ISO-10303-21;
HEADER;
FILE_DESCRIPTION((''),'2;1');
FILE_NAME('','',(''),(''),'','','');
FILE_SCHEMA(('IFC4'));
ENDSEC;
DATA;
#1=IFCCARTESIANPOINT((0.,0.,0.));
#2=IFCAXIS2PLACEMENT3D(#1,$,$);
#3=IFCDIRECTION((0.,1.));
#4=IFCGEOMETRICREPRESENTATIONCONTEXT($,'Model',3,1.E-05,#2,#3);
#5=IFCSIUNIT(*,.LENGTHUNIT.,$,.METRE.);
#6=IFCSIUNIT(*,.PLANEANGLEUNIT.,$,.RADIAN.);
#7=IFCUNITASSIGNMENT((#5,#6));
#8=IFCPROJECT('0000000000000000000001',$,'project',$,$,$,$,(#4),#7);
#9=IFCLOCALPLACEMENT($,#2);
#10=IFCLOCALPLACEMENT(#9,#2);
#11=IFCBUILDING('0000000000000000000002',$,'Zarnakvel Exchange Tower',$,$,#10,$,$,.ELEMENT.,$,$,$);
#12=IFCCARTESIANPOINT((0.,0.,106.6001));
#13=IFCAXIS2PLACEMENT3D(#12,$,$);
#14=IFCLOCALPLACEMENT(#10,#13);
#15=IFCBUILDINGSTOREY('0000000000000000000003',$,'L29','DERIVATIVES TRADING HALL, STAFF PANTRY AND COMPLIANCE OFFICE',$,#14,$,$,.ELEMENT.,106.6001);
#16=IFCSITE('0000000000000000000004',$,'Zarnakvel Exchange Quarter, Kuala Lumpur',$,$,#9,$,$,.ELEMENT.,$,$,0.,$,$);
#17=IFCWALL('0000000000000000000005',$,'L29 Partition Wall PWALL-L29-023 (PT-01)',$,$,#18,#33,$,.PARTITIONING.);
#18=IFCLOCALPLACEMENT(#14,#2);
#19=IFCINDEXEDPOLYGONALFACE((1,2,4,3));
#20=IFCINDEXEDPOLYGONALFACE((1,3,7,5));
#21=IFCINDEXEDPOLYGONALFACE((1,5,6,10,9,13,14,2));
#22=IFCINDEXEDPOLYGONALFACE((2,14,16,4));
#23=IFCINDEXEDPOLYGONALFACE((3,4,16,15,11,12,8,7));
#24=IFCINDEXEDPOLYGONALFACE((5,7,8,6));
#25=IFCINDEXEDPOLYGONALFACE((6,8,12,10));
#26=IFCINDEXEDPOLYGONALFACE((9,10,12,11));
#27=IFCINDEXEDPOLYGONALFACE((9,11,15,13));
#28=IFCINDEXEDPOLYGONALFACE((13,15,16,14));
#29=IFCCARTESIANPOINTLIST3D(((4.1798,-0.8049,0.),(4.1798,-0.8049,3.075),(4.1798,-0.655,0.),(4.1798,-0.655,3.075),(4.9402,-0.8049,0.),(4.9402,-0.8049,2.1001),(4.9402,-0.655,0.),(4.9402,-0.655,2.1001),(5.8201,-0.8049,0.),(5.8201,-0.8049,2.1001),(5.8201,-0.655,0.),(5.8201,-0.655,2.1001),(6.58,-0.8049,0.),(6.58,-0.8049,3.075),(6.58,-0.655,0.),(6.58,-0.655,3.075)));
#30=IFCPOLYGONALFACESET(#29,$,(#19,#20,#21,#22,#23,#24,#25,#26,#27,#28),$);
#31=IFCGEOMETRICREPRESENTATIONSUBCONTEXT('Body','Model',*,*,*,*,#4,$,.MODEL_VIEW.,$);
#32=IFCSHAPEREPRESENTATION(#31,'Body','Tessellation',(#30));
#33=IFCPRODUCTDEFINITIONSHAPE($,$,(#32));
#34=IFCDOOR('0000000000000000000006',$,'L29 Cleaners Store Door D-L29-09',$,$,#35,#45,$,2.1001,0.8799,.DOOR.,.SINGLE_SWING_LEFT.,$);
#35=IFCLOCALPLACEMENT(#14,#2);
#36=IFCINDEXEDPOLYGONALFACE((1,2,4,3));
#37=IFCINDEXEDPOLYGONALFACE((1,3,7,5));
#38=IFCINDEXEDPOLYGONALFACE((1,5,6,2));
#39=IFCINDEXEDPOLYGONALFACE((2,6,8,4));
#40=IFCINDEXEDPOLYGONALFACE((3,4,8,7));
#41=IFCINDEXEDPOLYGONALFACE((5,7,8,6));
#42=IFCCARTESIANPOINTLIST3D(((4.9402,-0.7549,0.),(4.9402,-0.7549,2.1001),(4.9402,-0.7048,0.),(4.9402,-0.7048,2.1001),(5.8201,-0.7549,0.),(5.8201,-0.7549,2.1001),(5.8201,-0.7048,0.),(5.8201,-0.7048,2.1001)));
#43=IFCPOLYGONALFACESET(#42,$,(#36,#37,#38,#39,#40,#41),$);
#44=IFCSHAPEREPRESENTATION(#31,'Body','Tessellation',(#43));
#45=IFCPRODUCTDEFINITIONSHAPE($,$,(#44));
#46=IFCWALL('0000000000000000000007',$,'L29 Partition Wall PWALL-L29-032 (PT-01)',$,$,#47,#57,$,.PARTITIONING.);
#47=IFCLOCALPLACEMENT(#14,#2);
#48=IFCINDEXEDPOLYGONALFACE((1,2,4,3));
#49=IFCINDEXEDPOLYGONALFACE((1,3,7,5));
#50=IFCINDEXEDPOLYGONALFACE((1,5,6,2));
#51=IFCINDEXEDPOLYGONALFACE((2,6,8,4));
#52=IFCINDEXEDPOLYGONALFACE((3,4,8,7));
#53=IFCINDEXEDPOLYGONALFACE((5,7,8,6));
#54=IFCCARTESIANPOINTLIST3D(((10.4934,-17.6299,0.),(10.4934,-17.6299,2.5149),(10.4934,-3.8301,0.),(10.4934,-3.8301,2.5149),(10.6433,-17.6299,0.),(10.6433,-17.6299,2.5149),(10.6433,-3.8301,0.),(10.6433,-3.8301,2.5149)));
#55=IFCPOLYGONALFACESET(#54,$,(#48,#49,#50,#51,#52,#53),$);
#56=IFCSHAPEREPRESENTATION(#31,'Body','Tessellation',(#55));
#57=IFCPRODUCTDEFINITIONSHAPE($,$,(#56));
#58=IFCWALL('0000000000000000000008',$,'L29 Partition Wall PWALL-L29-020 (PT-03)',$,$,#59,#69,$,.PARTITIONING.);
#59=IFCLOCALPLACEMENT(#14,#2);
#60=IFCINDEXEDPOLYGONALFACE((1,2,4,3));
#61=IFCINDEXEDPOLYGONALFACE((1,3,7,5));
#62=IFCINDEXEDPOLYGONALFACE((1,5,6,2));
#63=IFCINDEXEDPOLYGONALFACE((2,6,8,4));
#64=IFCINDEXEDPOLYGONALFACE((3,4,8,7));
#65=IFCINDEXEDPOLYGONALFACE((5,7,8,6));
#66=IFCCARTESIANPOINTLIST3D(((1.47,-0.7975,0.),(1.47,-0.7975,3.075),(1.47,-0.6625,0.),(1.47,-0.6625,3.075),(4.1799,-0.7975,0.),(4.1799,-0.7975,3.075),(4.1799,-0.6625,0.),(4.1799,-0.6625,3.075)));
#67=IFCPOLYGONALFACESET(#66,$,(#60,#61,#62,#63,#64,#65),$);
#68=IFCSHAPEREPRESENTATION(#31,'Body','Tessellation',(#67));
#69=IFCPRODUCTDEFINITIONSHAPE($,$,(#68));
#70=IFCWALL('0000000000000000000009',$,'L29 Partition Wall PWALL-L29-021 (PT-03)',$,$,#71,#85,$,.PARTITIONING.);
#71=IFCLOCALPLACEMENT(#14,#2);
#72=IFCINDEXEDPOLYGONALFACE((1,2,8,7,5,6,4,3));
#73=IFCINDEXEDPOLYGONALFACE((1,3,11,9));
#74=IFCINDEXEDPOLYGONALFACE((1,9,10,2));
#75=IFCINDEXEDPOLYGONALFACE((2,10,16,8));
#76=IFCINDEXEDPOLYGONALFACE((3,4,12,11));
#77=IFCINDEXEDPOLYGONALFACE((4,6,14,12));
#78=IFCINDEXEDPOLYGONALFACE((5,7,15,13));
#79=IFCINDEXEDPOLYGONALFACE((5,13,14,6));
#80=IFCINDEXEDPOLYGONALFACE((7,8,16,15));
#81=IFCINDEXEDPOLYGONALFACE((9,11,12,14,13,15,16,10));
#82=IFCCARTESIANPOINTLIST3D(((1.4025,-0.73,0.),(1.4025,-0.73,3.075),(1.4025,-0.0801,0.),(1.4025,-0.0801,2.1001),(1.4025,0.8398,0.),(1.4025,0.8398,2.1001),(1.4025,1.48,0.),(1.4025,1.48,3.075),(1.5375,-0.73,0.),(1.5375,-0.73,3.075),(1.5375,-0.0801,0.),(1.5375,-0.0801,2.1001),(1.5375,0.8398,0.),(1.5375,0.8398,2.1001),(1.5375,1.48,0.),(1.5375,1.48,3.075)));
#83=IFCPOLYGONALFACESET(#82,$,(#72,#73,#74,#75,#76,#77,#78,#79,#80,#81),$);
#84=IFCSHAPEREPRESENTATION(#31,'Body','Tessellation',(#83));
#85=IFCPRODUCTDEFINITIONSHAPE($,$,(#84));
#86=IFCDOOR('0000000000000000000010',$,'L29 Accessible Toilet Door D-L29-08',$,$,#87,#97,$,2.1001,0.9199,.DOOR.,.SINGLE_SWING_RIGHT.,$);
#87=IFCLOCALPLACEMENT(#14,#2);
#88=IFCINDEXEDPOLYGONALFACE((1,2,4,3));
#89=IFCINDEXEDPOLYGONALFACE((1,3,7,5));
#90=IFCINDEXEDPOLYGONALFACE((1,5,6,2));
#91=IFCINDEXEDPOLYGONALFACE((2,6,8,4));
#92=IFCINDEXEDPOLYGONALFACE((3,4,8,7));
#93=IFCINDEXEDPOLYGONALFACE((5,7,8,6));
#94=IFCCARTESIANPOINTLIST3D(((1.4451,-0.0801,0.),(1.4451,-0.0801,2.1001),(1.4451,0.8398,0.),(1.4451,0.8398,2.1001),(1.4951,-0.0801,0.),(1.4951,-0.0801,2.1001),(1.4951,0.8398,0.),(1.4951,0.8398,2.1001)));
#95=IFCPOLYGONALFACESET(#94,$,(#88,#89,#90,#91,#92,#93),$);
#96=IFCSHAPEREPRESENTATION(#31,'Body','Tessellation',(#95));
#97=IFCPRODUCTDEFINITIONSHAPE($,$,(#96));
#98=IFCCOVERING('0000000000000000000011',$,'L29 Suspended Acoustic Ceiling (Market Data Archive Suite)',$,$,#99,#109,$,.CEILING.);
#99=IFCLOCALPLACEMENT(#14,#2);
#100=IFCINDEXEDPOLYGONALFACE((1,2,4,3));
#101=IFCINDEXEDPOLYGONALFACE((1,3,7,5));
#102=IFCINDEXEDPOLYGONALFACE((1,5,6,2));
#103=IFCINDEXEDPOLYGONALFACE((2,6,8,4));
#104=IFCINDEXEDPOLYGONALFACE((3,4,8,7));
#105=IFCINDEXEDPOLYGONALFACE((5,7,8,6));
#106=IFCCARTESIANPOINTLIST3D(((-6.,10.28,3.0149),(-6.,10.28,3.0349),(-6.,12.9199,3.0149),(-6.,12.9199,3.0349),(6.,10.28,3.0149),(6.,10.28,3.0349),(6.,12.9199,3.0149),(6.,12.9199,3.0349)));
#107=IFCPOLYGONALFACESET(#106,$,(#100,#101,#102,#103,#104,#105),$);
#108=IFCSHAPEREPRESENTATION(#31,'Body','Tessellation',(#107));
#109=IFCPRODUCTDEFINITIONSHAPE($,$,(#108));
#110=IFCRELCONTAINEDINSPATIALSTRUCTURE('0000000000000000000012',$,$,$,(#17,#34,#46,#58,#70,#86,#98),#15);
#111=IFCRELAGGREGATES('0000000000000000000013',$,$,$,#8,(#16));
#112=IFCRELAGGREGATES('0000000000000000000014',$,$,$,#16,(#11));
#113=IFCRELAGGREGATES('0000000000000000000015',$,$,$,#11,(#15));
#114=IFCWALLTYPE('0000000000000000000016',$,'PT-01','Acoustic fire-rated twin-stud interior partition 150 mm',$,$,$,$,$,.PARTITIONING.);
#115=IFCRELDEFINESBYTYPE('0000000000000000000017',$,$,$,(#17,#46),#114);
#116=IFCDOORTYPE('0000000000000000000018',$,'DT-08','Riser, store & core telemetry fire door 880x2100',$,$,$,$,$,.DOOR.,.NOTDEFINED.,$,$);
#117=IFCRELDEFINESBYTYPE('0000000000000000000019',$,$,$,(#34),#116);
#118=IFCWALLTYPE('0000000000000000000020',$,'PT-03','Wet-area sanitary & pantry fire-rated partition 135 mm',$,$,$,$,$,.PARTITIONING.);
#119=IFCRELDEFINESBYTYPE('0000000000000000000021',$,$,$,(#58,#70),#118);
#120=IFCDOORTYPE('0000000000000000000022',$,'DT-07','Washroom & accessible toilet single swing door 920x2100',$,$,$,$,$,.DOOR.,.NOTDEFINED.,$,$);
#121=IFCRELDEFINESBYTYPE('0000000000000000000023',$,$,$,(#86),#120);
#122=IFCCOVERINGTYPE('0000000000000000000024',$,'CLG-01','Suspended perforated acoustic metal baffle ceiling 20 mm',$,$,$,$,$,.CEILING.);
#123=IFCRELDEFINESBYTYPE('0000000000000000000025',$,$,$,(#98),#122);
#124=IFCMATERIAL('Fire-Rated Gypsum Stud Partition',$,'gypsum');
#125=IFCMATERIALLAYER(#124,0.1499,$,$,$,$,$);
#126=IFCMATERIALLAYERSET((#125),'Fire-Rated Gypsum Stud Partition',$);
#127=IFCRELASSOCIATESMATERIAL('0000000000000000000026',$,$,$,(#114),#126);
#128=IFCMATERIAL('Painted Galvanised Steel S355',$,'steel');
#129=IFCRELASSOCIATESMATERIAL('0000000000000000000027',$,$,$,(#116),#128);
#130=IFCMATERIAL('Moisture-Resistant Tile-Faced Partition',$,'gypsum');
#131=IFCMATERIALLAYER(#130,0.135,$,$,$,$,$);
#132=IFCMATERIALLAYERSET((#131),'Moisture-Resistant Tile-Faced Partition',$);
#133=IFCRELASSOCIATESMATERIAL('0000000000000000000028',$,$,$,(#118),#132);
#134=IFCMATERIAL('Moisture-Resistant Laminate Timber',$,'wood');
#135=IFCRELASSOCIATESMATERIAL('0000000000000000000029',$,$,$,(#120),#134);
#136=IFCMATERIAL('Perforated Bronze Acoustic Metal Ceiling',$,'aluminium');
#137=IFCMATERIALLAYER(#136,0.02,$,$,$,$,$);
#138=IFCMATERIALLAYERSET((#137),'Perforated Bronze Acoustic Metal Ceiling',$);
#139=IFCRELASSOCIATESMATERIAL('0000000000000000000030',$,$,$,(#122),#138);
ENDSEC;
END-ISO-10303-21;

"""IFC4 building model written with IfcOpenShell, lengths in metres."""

from ifc_helpers import new_model, si_unit, direction, frame, frame_2d, origin, place, context, subcontext, project, spatial, polyline, rectangle, outline, extrude, source, transform, mapped, material, layer, layer_set, type_object, element, fill, save


model = new_model("IFC4")

# Units and contexts
model_context = context("Model", 3, precision=1e-05, world=origin(), true_north=direction((0.0, 1.0)))
body_context = subcontext(model_context, "Body", "Model", "MODEL_VIEW")
ifc_project = project(units=[si_unit("LENGTHUNIT", "METRE"), si_unit("PLANEANGLEUNIT", "RADIAN")], contexts=[model_context])

# Site, building, storey
site_placement = place(None, origin())
site = spatial("IfcSite", under=ifc_project, at=site_placement, Name="Zarnakvel Exchange Quarter, Kuala Lumpur", CompositionType="ELEMENT", RefElevation=0.0)
building_placement = place(site_placement, origin())
building = spatial("IfcBuilding", under=site, at=building_placement, Name="Zarnakvel Exchange Tower", CompositionType="ELEMENT")
storey_placement = place(building_placement, frame((0.0, 0.0, 106.6001)))
storey = spatial("IfcBuildingStorey", under=building, at=storey_placement, Name="L29", Description="DERIVATIVES TRADING HALL, STAFF PANTRY AND COMPLIANCE OFFICE", CompositionType="ELEMENT", Elevation=106.6001)

# Shared definitions
ifc_material_1 = material(Name="Painted Galvanised Steel S355", Category="steel")

# Wall, opening, door
ifc_material_2 = material(Name="Fire-Rated Gypsum Stud Partition", Category="gypsum")
ifc_layer_1 = layer(ifc_material_2, 0.1499)
ifc_layer_set_1 = layer_set([ifc_layer_1], Name="Fire-Rated Gypsum Stud Partition")
wall_type_1 = type_object("IfcWallType", Name="PT-01", Description="Acoustic fire-rated twin-stud interior partition 150 mm", PredefinedType="PARTITIONING", material=ifc_layer_set_1)
wall_1_placement = place(storey_placement, frame((6.5801, -0.73, 0.0), z_axis=(0.0, 0.0, 1.0), x_axis=(-1.0, 0.0, 0.0)))
wall_1 = element("IfcWall", 1, at=wall_1_placement, inside=storey, type_object=wall_type_1, Name="L29 Partition Wall PWALL-L29-023 (PT-01)", PredefinedType="PARTITIONING", context=body_context, shape_type="SweptSolid", body=[
    extrude(rectangle(XDim=2.4001, YDim=0.1499, at=frame_2d((1.2002, 0.0))), origin(), (0.0, 0.0, 1.0), 3.075),
])
opening_1_placement = place(wall_1_placement, frame((0.76, 0.0, 0.0)))
opening_1 = element("IfcOpeningElement", 2, at=opening_1_placement, cuts=wall_1, PredefinedType="OPENING", context=body_context, shape_type="SweptSolid", body=[
    extrude(rectangle(XDim=0.8799, YDim=2.1001, at=frame_2d((0.4399, 1.05))), frame((0.0, 0.085, 0.0), z_axis=(0.0, -1.0, 0.0), x_axis=(1.0, 0.0, 0.0)), (0.0, 0.0, 1.0), 0.1699),
])
door_type_1 = type_object("IfcDoorType", Name="DT-08", Description="Riser, store & core telemetry fire door 880x2100", OperationType="NOTDEFINED", PredefinedType="DOOR", material=ifc_material_1)
shared_shape_1 = source(origin(), body_context, "Body", "SweptSolid", [
    extrude(rectangle(XDim=0.8799, YDim=2.1001, at=frame_2d((0.4399, 1.05))), frame((0.0, 0.0249, 0.0), z_axis=(0.0, -1.0, 0.0), x_axis=(1.0, 0.0, 0.0)), (0.0, 0.0, 1.0), 0.05),
])
door_1_placement = place(opening_1_placement, origin())
door_1 = element("IfcDoor", 3, at=door_1_placement, inside=storey, type_object=door_type_1, Name="L29 Cleaners Store Door D-L29-09", OperationType="SINGLE_SWING_LEFT", OverallHeight=2.1001, OverallWidth=0.8799, PredefinedType="DOOR", context=body_context, shape_type="MappedRepresentation", body=[
    mapped(shared_shape_1, transform((0.0, 0.0, 0.0), x_axis=(1.0, 0.0, 0.0), y_axis=(0.0, 1.0, 0.0), z_axis=(0.0, 0.0, 1.0), scale=1.0)),
])
fill(opening_1, door_1)

# Wall
wall_2_placement = place(storey_placement, frame((10.5684, -3.8301, 0.0), z_axis=(0.0, 0.0, 1.0), x_axis=(0.0, -1.0, 0.0)))
element("IfcWall", 4, at=wall_2_placement, inside=storey, type_object=wall_type_1, Name="L29 Partition Wall PWALL-L29-032 (PT-01)", PredefinedType="PARTITIONING", context=body_context, shape_type="SweptSolid", body=[
    extrude(rectangle(XDim=13.7998, YDim=0.1499, at=frame_2d((6.8999, 0.0))), origin(), (0.0, 0.0, 1.0), 2.5149),
])

# Wall
ifc_material_3 = material(Name="Moisture-Resistant Tile-Faced Partition", Category="gypsum")
ifc_layer_2 = layer(ifc_material_3, 0.135)
ifc_layer_set_2 = layer_set([ifc_layer_2], Name="Moisture-Resistant Tile-Faced Partition")
wall_type_2 = type_object("IfcWallType", Name="PT-03", Description="Wet-area sanitary & pantry fire-rated partition 135 mm", PredefinedType="PARTITIONING", material=ifc_layer_set_2)
wall_3_placement = place(storey_placement, frame((4.1799, -0.73, 0.0), z_axis=(0.0, 0.0, 1.0), x_axis=(-1.0, 0.0, 0.0)))
element("IfcWall", 5, at=wall_3_placement, inside=storey, type_object=wall_type_2, Name="L29 Partition Wall PWALL-L29-020 (PT-03)", PredefinedType="PARTITIONING", context=body_context, shape_type="SweptSolid", body=[
    extrude(rectangle(XDim=2.71, YDim=0.135, at=frame_2d((1.355, 0.0))), origin(), (0.0, 0.0, 1.0), 3.075),
])

# Wall, opening, door
wall_4_placement = place(storey_placement, frame((1.47, -0.73, 0.0), z_axis=(0.0, 0.0, 1.0), x_axis=(0.0, 1.0, 0.0)))
wall_4 = element("IfcWall", 6, at=wall_4_placement, inside=storey, type_object=wall_type_2, Name="L29 Partition Wall PWALL-L29-021 (PT-03)", PredefinedType="PARTITIONING", context=body_context, shape_type="SweptSolid", body=[
    extrude(rectangle(XDim=2.21, YDim=0.135, at=frame_2d((1.105, 0.0))), origin(), (0.0, 0.0, 1.0), 3.075),
])
opening_2_placement = place(wall_4_placement, frame((0.6499, 0.0, 0.0)))
opening_2 = element("IfcOpeningElement", 7, at=opening_2_placement, cuts=wall_4, PredefinedType="OPENING", context=body_context, shape_type="SweptSolid", body=[
    extrude(rectangle(XDim=0.9199, YDim=2.1001, at=frame_2d((0.46, 1.05))), frame((0.0, 0.0774, 0.0), z_axis=(0.0, -1.0, 0.0), x_axis=(1.0, 0.0, 0.0)), (0.0, 0.0, 1.0), 0.155),
])
ifc_material_4 = material(Name="Moisture-Resistant Laminate Timber", Category="wood")
door_type_2 = type_object("IfcDoorType", Name="DT-07", Description="Washroom & accessible toilet single swing door 920x2100", OperationType="NOTDEFINED", PredefinedType="DOOR", material=ifc_material_4)
shared_shape_2 = source(origin(), body_context, "Body", "SweptSolid", [
    extrude(rectangle(XDim=0.9199, YDim=2.1001, at=frame_2d((0.46, 1.05))), frame((0.0, 0.0249, 0.0), z_axis=(0.0, -1.0, 0.0), x_axis=(1.0, 0.0, 0.0)), (0.0, 0.0, 1.0), 0.05),
])
door_2_placement = place(opening_2_placement, origin())
door_2 = element("IfcDoor", 8, at=door_2_placement, inside=storey, type_object=door_type_2, Name="L29 Accessible Toilet Door D-L29-08", OperationType="SINGLE_SWING_RIGHT", OverallHeight=2.1001, OverallWidth=0.9199, PredefinedType="DOOR", context=body_context, shape_type="MappedRepresentation", body=[
    mapped(shared_shape_2, transform((0.0, 0.0, 0.0), x_axis=(1.0, 0.0, 0.0), y_axis=(0.0, 1.0, 0.0), z_axis=(0.0, 0.0, 1.0), scale=1.0)),
])
fill(opening_2, door_2)

# Covering
ifc_material_5 = material(Name="Perforated Bronze Acoustic Metal Ceiling", Category="aluminium")
ifc_layer_3 = layer(ifc_material_5, 0.02)
ifc_layer_set_3 = layer_set([ifc_layer_3], Name="Perforated Bronze Acoustic Metal Ceiling")
covering_type_1 = type_object("IfcCoveringType", Name="CLG-01", Description="Suspended perforated acoustic metal baffle ceiling 20 mm", PredefinedType="CEILING", material=ifc_layer_set_3)
covering_1_placement = place(storey_placement, frame((0.0, 0.0, 3.0149)))
element("IfcCovering", 9, at=covering_1_placement, inside=storey, type_object=covering_type_1, Name="L29 Suspended Acoustic Ceiling (Market Data Archive Suite)", PredefinedType="CEILING", context=body_context, shape_type="SweptSolid", body=[
    extrude(outline(polyline([(-6.0, 12.9199), (6.0, 12.9199), (6.0, 10.28), (-6.0, 10.28), (-6.0, 12.9199)])), origin(), (0.0, 0.0, 1.0), 0.02),
])

save(model, "model.ifc")
